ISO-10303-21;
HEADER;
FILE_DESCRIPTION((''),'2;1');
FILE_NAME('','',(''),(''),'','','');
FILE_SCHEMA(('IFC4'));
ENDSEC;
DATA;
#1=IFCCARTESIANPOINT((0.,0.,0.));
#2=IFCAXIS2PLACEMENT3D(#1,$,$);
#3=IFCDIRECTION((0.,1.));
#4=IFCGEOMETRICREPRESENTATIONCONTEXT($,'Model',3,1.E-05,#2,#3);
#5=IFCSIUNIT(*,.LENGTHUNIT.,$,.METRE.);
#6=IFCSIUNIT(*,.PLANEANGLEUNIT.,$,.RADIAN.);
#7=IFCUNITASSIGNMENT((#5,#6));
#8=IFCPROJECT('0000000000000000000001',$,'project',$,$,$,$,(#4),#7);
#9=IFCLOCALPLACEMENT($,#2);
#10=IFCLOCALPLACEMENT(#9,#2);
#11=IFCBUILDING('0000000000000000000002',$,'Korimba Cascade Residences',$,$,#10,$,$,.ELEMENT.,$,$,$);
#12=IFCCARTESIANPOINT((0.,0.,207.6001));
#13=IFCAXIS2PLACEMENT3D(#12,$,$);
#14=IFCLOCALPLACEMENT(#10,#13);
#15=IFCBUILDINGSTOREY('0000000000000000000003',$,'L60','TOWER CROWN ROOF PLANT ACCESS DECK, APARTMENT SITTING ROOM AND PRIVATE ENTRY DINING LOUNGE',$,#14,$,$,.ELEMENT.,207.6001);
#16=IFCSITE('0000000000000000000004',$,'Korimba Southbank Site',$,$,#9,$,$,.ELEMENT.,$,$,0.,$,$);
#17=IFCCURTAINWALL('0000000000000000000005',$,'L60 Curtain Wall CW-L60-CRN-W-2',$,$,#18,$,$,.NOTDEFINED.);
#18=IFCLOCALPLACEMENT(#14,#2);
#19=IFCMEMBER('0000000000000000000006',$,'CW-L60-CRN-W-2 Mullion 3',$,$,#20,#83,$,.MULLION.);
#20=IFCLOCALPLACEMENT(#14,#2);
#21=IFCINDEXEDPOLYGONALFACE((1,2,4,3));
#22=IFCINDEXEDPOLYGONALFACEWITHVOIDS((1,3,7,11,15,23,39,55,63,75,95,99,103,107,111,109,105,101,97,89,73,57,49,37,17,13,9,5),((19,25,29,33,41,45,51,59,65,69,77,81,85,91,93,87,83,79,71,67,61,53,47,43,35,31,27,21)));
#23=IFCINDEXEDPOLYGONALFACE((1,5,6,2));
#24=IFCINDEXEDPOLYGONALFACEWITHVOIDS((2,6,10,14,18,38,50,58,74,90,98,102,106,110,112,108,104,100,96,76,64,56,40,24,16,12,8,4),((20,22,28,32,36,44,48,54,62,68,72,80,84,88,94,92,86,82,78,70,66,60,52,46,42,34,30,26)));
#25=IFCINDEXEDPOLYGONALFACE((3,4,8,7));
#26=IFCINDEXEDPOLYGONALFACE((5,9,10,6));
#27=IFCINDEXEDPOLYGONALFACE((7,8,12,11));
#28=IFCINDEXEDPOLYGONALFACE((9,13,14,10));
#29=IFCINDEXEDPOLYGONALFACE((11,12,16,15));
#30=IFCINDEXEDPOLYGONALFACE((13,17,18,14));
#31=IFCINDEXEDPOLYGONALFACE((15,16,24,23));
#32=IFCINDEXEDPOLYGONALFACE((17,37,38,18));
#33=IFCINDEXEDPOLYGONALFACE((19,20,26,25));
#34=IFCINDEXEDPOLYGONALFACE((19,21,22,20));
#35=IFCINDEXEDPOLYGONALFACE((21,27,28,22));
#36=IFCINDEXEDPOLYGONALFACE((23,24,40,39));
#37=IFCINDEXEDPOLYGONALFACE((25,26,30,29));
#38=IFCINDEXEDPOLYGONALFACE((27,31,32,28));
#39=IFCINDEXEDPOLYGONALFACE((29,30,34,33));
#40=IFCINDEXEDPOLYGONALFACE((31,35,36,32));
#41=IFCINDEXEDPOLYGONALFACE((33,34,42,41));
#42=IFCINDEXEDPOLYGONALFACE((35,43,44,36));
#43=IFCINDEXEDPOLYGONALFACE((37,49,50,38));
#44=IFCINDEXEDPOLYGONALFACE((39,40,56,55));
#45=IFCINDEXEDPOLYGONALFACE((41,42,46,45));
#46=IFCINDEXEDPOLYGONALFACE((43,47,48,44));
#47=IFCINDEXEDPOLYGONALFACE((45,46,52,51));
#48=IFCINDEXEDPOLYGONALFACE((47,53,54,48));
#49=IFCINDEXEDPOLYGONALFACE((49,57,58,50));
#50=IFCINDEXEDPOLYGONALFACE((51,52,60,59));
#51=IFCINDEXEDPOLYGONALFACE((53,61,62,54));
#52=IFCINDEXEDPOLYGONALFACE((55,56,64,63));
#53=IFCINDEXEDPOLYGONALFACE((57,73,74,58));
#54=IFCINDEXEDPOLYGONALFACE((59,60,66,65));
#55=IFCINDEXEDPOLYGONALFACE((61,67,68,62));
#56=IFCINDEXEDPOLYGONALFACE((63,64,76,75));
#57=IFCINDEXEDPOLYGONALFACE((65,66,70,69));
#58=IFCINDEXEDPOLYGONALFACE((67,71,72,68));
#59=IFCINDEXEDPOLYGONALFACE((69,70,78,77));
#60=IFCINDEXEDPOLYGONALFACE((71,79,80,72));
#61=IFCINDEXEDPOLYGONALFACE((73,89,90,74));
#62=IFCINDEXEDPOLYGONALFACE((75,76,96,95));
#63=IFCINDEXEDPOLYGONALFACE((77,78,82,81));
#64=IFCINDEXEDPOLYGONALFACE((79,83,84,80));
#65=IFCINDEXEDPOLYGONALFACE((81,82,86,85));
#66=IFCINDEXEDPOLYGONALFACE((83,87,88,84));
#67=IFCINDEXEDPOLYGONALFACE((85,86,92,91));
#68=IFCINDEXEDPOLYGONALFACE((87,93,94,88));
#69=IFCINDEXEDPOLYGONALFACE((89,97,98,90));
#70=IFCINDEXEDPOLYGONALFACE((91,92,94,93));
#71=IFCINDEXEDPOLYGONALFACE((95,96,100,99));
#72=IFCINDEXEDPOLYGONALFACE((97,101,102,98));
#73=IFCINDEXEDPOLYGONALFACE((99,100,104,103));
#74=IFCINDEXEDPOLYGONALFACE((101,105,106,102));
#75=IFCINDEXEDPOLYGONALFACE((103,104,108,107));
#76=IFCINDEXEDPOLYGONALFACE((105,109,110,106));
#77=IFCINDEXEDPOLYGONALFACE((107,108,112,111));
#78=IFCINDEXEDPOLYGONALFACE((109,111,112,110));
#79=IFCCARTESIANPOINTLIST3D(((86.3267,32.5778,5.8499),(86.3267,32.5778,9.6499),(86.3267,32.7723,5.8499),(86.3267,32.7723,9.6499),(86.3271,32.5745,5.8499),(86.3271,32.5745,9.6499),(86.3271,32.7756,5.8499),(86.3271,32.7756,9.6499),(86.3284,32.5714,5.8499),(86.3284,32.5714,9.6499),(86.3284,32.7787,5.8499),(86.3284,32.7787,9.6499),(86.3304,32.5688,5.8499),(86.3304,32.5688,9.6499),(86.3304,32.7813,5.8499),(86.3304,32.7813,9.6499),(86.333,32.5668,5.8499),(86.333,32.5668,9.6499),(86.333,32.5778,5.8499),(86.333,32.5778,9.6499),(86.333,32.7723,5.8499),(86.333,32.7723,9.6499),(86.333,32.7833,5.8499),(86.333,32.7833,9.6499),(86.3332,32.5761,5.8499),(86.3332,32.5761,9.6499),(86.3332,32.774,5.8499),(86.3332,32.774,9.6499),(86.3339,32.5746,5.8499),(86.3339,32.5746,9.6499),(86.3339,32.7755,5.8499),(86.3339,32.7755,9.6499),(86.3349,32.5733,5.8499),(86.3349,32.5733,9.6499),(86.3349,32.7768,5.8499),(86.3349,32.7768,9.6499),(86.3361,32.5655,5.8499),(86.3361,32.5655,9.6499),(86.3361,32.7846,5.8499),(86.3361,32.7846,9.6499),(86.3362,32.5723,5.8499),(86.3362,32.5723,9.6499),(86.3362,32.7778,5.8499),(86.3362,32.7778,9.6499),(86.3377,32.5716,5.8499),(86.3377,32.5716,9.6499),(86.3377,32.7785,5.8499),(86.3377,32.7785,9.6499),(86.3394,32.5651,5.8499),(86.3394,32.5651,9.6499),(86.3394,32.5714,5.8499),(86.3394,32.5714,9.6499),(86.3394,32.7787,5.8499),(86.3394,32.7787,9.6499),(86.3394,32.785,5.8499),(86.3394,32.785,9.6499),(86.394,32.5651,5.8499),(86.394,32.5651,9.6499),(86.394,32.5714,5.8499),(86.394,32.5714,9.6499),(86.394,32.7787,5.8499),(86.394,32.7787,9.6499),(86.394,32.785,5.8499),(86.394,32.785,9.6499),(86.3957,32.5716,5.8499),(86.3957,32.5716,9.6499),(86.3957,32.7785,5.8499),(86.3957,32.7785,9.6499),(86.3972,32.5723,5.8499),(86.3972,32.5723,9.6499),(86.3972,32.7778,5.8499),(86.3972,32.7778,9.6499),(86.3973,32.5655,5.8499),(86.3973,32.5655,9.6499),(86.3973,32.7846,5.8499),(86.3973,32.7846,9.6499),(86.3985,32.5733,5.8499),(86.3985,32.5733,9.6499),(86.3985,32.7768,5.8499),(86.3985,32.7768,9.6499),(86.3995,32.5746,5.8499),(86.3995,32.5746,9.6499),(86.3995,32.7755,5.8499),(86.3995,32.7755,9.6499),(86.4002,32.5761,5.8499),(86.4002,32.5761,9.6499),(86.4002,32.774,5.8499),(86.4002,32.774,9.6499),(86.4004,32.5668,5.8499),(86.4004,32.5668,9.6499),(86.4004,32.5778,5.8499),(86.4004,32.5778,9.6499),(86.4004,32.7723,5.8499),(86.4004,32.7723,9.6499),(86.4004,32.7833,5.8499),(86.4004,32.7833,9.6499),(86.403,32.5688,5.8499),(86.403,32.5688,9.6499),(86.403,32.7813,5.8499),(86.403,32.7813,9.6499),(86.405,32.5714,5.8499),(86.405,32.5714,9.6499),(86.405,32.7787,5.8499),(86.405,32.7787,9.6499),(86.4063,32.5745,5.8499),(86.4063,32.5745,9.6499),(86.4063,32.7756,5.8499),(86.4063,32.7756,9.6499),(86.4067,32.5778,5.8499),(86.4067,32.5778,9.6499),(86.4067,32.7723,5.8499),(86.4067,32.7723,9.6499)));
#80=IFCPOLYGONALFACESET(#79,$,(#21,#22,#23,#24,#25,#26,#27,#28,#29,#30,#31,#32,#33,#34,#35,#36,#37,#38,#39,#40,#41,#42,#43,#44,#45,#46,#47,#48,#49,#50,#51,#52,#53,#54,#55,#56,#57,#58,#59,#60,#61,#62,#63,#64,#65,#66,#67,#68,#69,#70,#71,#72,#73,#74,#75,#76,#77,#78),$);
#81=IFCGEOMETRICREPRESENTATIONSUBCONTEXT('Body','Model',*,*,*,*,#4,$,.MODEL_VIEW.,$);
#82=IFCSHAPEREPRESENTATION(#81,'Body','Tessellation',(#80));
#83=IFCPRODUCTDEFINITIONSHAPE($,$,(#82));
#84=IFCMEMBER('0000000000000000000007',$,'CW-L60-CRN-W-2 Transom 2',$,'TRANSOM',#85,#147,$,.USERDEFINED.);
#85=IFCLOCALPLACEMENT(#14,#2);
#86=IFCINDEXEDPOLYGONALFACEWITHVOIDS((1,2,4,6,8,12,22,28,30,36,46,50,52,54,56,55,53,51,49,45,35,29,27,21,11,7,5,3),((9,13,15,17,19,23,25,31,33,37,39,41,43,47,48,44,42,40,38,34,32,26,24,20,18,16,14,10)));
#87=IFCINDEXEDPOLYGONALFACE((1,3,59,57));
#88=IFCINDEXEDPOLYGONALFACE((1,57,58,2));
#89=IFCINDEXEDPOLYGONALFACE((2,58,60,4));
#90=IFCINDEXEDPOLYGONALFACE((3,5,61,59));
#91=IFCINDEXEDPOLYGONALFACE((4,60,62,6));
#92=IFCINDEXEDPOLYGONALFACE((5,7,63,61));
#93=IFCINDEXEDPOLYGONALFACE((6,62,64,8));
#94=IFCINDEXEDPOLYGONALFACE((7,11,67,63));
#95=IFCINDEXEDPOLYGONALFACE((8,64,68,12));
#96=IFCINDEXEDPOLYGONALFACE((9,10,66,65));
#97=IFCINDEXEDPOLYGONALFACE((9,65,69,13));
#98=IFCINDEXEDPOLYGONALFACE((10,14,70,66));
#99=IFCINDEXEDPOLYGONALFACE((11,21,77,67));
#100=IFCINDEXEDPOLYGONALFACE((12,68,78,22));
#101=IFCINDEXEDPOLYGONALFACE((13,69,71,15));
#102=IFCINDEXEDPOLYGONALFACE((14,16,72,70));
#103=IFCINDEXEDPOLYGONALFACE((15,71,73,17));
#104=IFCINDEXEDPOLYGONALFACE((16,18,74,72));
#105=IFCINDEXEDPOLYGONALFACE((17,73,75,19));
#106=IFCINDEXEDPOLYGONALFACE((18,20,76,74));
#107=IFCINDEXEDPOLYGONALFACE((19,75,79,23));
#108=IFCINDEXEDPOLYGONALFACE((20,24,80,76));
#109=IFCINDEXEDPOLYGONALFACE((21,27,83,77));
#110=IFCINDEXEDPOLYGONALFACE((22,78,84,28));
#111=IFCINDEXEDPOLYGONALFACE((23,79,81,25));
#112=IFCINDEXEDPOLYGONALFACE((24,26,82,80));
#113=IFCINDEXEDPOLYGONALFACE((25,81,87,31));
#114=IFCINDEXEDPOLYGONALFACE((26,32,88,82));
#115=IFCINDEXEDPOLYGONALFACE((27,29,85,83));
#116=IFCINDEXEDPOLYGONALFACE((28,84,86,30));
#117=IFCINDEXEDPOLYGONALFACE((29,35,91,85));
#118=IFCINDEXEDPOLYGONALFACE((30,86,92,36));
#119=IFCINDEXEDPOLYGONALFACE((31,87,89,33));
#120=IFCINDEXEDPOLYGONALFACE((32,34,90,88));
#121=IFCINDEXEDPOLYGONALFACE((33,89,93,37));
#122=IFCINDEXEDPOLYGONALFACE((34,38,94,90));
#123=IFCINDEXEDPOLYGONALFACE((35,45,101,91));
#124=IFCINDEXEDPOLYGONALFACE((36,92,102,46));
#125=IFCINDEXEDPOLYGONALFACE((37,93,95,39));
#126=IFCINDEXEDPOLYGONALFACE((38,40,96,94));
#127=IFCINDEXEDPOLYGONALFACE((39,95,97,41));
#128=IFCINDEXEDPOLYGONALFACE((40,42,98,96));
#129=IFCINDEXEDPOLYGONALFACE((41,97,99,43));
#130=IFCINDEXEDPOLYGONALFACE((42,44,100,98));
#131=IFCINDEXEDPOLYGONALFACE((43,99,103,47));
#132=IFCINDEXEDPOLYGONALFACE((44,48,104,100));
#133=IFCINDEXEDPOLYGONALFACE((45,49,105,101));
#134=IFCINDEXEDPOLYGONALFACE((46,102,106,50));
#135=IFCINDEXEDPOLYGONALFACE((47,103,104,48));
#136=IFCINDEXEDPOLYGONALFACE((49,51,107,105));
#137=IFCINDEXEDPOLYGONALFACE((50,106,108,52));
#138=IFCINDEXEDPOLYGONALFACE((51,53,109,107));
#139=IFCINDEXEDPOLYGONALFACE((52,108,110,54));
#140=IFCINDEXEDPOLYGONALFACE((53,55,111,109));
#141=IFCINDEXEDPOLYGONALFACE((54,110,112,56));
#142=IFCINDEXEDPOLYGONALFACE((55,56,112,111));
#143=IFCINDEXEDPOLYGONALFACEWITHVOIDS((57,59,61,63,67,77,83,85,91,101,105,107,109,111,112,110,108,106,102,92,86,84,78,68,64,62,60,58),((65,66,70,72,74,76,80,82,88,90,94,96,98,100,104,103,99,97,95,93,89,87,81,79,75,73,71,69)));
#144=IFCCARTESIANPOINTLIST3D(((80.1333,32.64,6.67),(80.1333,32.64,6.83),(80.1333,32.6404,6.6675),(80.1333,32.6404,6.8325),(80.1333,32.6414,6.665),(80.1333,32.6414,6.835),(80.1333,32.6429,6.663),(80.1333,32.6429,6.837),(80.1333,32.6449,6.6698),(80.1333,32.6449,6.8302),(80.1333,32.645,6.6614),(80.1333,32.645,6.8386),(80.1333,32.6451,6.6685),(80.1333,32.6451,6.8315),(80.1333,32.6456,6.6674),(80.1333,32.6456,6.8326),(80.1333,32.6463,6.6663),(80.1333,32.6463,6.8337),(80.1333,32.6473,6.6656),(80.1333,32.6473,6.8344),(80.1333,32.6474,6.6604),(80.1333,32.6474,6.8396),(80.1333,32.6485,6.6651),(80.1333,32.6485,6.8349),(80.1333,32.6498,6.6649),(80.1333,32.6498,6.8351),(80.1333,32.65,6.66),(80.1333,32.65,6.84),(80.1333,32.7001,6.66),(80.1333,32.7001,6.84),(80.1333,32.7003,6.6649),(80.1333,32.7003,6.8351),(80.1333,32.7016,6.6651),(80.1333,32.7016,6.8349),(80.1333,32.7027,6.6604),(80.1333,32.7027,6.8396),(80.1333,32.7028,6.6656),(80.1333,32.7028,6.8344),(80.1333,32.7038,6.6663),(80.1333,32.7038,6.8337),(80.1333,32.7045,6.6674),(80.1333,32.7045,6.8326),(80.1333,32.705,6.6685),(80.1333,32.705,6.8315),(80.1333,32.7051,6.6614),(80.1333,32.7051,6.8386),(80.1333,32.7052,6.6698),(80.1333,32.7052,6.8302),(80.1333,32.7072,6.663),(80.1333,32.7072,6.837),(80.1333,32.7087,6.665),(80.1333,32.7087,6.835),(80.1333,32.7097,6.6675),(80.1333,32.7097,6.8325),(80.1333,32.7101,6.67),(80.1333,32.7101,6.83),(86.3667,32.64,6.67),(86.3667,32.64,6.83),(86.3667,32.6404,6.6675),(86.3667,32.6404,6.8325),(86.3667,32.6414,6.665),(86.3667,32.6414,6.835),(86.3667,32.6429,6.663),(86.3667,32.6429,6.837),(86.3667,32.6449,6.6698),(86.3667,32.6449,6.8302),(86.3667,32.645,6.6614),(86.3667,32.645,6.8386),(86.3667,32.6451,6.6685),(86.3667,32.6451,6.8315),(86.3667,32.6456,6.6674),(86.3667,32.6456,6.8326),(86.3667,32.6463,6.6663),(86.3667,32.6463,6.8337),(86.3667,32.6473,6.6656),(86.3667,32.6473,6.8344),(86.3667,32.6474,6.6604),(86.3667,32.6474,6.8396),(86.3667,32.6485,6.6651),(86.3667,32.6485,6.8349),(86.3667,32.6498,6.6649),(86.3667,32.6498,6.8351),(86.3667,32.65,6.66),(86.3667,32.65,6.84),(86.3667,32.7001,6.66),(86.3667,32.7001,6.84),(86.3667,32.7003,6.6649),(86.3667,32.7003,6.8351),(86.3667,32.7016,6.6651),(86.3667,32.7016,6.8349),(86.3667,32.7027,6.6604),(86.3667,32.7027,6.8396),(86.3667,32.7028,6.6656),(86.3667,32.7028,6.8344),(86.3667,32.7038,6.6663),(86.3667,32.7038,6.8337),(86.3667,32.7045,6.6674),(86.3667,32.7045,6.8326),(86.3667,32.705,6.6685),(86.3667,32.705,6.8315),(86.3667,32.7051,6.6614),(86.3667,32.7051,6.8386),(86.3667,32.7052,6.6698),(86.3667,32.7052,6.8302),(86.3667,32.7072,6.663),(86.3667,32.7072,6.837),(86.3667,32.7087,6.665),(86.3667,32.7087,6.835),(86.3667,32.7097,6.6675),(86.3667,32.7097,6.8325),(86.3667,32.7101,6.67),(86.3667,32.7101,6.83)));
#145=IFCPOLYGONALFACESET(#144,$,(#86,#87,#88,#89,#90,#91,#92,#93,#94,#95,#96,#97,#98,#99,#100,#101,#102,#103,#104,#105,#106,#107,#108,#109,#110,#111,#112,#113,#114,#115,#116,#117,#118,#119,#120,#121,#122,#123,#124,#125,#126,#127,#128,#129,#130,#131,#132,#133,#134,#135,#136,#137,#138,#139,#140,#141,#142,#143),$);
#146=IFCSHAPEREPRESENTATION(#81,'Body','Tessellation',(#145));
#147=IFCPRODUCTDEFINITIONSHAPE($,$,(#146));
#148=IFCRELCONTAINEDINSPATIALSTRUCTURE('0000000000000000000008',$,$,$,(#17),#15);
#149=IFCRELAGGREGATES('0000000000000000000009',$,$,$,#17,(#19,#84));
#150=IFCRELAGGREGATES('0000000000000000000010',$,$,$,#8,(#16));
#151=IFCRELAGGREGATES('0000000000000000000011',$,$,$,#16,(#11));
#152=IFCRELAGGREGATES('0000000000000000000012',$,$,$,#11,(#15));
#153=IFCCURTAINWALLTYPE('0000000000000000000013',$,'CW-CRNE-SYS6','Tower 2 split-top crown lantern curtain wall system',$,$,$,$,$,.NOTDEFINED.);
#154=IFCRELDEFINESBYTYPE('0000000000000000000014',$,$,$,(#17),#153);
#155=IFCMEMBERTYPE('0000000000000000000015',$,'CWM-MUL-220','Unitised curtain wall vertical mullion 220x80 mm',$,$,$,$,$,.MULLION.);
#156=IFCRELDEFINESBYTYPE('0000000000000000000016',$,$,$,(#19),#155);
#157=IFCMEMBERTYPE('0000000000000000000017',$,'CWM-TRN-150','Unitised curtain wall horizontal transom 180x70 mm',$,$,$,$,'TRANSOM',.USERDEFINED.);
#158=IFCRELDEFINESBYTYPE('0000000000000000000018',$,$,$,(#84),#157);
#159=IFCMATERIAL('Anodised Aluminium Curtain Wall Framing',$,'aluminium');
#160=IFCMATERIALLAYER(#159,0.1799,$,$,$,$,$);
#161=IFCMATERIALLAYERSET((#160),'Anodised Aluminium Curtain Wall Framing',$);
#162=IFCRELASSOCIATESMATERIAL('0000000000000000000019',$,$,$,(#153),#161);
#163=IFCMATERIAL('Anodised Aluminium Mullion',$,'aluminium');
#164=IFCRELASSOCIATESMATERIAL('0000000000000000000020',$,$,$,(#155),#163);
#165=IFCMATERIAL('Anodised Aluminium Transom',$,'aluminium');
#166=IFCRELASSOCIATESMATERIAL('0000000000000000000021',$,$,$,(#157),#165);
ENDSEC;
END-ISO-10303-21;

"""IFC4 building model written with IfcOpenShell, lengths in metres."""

from ifc_helpers import new_model, si_unit, direction, frame, origin, origin_2d, place, context, subcontext, project, spatial, hollow_rectangle, extrude, material, layer, layer_set, material_profile, profile_set, type_object, element, aggregate, save


model = new_model("IFC4")

# Units and contexts
model_context = context("Model", 3, precision=1e-05, world=origin(), true_north=direction((0.0, 1.0)))
body_context = subcontext(model_context, "Body", "Model", "MODEL_VIEW")
ifc_project = project(units=[si_unit("LENGTHUNIT", "METRE"), si_unit("PLANEANGLEUNIT", "RADIAN")], contexts=[model_context])

# Site, building, storey
site_placement = place(None, origin())
site = spatial("IfcSite", under=ifc_project, at=site_placement, Name="Korimba Southbank Site", CompositionType="ELEMENT", RefElevation=0.0)
building_placement = place(site_placement, origin())
building = spatial("IfcBuilding", under=site, at=building_placement, Name="Korimba Cascade Residences", CompositionType="ELEMENT")
storey_placement = place(building_placement, frame((0.0, 0.0, 207.6001)))
storey = spatial("IfcBuildingStorey", under=building, at=storey_placement, Name="L60", Description="TOWER CROWN ROOF PLANT ACCESS DECK, APARTMENT SITTING ROOM AND PRIVATE ENTRY DINING LOUNGE", CompositionType="ELEMENT", Elevation=207.6001)

# Curtain wall, members
ifc_material_1 = material(Name="Anodised Aluminium Curtain Wall Framing", Category="aluminium")
ifc_layer_1 = layer(ifc_material_1, 0.1799)
ifc_layer_set_1 = layer_set([ifc_layer_1], Name="Anodised Aluminium Curtain Wall Framing")
curtain_wall_type = type_object("IfcCurtainWallType", Name="CW-CRNE-SYS6", Description="Tower 2 split-top crown lantern curtain wall system", PredefinedType="NOTDEFINED", material=ifc_layer_set_1)
curtain_wall_placement = place(storey_placement, origin())
curtain_wall = element("IfcCurtainWall", 1, at=curtain_wall_placement, inside=storey, type_object=curtain_wall_type, Name="L60 Curtain Wall CW-L60-CRN-W-2", PredefinedType="NOTDEFINED")
ifc_material_2 = material(Name="Anodised Aluminium Mullion", Category="aluminium")
ifc_material_profile_1 = material_profile(ifc_material_2, hollow_rectangle(XDim=0.0801, YDim=0.22, WallThickness=0.0063, InnerFilletRadius=0.0063, OuterFilletRadius=0.0127, at=origin_2d()), Name="Anodised Aluminium Mullion")
ifc_profile_set_1 = profile_set([ifc_material_profile_1], Name="Anodised Aluminium Mullion")
member_type_1 = type_object("IfcMemberType", Name="CWM-MUL-220", Description="Unitised curtain wall vertical mullion 220x80 mm", PredefinedType="MULLION", material=ifc_profile_set_1)
member_1_placement = place(storey_placement, frame((86.3667, 32.675, 5.8499), z_axis=(0.0, 0.0, 1.0), x_axis=(1.0, 0.0, 0.0)))
member_1 = element("IfcMember", 2, at=member_1_placement, type_object=member_type_1, Name="CW-L60-CRN-W-2 Mullion 3", PredefinedType="MULLION", context=body_context, shape_type="SweptSolid", body=[
    extrude(hollow_rectangle(XDim=0.0801, YDim=0.22, WallThickness=0.0063, InnerFilletRadius=0.0063, OuterFilletRadius=0.0127, at=origin_2d()), origin(), (0.0, 0.0, 1.0), 3.8),
])
ifc_material_3 = material(Name="Anodised Aluminium Transom", Category="aluminium")
ifc_material_profile_2 = material_profile(ifc_material_3, hollow_rectangle(XDim=0.0701, YDim=0.1799, WallThickness=0.0049, InnerFilletRadius=0.0049, OuterFilletRadius=0.01, at=origin_2d()), Name="Anodised Aluminium Transom")
ifc_profile_set_2 = profile_set([ifc_material_profile_2], Name="Anodised Aluminium Transom")
member_type_2 = type_object("IfcMemberType", Name="CWM-TRN-150", Description="Unitised curtain wall horizontal transom 180x70 mm", ElementType="TRANSOM", PredefinedType="USERDEFINED", material=ifc_profile_set_2)
member_2_placement = place(storey_placement, frame((80.1333, 32.675, 6.75), z_axis=(1.0, 0.0, 0.0), x_axis=(0.0, 1.0, 0.0)))
member_2 = element("IfcMember", 3, at=member_2_placement, type_object=member_type_2, Name="CW-L60-CRN-W-2 Transom 2", ObjectType="TRANSOM", PredefinedType="USERDEFINED", context=body_context, shape_type="SweptSolid", body=[
    extrude(hollow_rectangle(XDim=0.0701, YDim=0.1799, WallThickness=0.0049, InnerFilletRadius=0.0049, OuterFilletRadius=0.01, at=origin_2d()), origin(), (0.0, 0.0, 1.0), 6.2334),
])

aggregate(curtain_wall, [member_1, member_2])

save(model, "model.ifc")
